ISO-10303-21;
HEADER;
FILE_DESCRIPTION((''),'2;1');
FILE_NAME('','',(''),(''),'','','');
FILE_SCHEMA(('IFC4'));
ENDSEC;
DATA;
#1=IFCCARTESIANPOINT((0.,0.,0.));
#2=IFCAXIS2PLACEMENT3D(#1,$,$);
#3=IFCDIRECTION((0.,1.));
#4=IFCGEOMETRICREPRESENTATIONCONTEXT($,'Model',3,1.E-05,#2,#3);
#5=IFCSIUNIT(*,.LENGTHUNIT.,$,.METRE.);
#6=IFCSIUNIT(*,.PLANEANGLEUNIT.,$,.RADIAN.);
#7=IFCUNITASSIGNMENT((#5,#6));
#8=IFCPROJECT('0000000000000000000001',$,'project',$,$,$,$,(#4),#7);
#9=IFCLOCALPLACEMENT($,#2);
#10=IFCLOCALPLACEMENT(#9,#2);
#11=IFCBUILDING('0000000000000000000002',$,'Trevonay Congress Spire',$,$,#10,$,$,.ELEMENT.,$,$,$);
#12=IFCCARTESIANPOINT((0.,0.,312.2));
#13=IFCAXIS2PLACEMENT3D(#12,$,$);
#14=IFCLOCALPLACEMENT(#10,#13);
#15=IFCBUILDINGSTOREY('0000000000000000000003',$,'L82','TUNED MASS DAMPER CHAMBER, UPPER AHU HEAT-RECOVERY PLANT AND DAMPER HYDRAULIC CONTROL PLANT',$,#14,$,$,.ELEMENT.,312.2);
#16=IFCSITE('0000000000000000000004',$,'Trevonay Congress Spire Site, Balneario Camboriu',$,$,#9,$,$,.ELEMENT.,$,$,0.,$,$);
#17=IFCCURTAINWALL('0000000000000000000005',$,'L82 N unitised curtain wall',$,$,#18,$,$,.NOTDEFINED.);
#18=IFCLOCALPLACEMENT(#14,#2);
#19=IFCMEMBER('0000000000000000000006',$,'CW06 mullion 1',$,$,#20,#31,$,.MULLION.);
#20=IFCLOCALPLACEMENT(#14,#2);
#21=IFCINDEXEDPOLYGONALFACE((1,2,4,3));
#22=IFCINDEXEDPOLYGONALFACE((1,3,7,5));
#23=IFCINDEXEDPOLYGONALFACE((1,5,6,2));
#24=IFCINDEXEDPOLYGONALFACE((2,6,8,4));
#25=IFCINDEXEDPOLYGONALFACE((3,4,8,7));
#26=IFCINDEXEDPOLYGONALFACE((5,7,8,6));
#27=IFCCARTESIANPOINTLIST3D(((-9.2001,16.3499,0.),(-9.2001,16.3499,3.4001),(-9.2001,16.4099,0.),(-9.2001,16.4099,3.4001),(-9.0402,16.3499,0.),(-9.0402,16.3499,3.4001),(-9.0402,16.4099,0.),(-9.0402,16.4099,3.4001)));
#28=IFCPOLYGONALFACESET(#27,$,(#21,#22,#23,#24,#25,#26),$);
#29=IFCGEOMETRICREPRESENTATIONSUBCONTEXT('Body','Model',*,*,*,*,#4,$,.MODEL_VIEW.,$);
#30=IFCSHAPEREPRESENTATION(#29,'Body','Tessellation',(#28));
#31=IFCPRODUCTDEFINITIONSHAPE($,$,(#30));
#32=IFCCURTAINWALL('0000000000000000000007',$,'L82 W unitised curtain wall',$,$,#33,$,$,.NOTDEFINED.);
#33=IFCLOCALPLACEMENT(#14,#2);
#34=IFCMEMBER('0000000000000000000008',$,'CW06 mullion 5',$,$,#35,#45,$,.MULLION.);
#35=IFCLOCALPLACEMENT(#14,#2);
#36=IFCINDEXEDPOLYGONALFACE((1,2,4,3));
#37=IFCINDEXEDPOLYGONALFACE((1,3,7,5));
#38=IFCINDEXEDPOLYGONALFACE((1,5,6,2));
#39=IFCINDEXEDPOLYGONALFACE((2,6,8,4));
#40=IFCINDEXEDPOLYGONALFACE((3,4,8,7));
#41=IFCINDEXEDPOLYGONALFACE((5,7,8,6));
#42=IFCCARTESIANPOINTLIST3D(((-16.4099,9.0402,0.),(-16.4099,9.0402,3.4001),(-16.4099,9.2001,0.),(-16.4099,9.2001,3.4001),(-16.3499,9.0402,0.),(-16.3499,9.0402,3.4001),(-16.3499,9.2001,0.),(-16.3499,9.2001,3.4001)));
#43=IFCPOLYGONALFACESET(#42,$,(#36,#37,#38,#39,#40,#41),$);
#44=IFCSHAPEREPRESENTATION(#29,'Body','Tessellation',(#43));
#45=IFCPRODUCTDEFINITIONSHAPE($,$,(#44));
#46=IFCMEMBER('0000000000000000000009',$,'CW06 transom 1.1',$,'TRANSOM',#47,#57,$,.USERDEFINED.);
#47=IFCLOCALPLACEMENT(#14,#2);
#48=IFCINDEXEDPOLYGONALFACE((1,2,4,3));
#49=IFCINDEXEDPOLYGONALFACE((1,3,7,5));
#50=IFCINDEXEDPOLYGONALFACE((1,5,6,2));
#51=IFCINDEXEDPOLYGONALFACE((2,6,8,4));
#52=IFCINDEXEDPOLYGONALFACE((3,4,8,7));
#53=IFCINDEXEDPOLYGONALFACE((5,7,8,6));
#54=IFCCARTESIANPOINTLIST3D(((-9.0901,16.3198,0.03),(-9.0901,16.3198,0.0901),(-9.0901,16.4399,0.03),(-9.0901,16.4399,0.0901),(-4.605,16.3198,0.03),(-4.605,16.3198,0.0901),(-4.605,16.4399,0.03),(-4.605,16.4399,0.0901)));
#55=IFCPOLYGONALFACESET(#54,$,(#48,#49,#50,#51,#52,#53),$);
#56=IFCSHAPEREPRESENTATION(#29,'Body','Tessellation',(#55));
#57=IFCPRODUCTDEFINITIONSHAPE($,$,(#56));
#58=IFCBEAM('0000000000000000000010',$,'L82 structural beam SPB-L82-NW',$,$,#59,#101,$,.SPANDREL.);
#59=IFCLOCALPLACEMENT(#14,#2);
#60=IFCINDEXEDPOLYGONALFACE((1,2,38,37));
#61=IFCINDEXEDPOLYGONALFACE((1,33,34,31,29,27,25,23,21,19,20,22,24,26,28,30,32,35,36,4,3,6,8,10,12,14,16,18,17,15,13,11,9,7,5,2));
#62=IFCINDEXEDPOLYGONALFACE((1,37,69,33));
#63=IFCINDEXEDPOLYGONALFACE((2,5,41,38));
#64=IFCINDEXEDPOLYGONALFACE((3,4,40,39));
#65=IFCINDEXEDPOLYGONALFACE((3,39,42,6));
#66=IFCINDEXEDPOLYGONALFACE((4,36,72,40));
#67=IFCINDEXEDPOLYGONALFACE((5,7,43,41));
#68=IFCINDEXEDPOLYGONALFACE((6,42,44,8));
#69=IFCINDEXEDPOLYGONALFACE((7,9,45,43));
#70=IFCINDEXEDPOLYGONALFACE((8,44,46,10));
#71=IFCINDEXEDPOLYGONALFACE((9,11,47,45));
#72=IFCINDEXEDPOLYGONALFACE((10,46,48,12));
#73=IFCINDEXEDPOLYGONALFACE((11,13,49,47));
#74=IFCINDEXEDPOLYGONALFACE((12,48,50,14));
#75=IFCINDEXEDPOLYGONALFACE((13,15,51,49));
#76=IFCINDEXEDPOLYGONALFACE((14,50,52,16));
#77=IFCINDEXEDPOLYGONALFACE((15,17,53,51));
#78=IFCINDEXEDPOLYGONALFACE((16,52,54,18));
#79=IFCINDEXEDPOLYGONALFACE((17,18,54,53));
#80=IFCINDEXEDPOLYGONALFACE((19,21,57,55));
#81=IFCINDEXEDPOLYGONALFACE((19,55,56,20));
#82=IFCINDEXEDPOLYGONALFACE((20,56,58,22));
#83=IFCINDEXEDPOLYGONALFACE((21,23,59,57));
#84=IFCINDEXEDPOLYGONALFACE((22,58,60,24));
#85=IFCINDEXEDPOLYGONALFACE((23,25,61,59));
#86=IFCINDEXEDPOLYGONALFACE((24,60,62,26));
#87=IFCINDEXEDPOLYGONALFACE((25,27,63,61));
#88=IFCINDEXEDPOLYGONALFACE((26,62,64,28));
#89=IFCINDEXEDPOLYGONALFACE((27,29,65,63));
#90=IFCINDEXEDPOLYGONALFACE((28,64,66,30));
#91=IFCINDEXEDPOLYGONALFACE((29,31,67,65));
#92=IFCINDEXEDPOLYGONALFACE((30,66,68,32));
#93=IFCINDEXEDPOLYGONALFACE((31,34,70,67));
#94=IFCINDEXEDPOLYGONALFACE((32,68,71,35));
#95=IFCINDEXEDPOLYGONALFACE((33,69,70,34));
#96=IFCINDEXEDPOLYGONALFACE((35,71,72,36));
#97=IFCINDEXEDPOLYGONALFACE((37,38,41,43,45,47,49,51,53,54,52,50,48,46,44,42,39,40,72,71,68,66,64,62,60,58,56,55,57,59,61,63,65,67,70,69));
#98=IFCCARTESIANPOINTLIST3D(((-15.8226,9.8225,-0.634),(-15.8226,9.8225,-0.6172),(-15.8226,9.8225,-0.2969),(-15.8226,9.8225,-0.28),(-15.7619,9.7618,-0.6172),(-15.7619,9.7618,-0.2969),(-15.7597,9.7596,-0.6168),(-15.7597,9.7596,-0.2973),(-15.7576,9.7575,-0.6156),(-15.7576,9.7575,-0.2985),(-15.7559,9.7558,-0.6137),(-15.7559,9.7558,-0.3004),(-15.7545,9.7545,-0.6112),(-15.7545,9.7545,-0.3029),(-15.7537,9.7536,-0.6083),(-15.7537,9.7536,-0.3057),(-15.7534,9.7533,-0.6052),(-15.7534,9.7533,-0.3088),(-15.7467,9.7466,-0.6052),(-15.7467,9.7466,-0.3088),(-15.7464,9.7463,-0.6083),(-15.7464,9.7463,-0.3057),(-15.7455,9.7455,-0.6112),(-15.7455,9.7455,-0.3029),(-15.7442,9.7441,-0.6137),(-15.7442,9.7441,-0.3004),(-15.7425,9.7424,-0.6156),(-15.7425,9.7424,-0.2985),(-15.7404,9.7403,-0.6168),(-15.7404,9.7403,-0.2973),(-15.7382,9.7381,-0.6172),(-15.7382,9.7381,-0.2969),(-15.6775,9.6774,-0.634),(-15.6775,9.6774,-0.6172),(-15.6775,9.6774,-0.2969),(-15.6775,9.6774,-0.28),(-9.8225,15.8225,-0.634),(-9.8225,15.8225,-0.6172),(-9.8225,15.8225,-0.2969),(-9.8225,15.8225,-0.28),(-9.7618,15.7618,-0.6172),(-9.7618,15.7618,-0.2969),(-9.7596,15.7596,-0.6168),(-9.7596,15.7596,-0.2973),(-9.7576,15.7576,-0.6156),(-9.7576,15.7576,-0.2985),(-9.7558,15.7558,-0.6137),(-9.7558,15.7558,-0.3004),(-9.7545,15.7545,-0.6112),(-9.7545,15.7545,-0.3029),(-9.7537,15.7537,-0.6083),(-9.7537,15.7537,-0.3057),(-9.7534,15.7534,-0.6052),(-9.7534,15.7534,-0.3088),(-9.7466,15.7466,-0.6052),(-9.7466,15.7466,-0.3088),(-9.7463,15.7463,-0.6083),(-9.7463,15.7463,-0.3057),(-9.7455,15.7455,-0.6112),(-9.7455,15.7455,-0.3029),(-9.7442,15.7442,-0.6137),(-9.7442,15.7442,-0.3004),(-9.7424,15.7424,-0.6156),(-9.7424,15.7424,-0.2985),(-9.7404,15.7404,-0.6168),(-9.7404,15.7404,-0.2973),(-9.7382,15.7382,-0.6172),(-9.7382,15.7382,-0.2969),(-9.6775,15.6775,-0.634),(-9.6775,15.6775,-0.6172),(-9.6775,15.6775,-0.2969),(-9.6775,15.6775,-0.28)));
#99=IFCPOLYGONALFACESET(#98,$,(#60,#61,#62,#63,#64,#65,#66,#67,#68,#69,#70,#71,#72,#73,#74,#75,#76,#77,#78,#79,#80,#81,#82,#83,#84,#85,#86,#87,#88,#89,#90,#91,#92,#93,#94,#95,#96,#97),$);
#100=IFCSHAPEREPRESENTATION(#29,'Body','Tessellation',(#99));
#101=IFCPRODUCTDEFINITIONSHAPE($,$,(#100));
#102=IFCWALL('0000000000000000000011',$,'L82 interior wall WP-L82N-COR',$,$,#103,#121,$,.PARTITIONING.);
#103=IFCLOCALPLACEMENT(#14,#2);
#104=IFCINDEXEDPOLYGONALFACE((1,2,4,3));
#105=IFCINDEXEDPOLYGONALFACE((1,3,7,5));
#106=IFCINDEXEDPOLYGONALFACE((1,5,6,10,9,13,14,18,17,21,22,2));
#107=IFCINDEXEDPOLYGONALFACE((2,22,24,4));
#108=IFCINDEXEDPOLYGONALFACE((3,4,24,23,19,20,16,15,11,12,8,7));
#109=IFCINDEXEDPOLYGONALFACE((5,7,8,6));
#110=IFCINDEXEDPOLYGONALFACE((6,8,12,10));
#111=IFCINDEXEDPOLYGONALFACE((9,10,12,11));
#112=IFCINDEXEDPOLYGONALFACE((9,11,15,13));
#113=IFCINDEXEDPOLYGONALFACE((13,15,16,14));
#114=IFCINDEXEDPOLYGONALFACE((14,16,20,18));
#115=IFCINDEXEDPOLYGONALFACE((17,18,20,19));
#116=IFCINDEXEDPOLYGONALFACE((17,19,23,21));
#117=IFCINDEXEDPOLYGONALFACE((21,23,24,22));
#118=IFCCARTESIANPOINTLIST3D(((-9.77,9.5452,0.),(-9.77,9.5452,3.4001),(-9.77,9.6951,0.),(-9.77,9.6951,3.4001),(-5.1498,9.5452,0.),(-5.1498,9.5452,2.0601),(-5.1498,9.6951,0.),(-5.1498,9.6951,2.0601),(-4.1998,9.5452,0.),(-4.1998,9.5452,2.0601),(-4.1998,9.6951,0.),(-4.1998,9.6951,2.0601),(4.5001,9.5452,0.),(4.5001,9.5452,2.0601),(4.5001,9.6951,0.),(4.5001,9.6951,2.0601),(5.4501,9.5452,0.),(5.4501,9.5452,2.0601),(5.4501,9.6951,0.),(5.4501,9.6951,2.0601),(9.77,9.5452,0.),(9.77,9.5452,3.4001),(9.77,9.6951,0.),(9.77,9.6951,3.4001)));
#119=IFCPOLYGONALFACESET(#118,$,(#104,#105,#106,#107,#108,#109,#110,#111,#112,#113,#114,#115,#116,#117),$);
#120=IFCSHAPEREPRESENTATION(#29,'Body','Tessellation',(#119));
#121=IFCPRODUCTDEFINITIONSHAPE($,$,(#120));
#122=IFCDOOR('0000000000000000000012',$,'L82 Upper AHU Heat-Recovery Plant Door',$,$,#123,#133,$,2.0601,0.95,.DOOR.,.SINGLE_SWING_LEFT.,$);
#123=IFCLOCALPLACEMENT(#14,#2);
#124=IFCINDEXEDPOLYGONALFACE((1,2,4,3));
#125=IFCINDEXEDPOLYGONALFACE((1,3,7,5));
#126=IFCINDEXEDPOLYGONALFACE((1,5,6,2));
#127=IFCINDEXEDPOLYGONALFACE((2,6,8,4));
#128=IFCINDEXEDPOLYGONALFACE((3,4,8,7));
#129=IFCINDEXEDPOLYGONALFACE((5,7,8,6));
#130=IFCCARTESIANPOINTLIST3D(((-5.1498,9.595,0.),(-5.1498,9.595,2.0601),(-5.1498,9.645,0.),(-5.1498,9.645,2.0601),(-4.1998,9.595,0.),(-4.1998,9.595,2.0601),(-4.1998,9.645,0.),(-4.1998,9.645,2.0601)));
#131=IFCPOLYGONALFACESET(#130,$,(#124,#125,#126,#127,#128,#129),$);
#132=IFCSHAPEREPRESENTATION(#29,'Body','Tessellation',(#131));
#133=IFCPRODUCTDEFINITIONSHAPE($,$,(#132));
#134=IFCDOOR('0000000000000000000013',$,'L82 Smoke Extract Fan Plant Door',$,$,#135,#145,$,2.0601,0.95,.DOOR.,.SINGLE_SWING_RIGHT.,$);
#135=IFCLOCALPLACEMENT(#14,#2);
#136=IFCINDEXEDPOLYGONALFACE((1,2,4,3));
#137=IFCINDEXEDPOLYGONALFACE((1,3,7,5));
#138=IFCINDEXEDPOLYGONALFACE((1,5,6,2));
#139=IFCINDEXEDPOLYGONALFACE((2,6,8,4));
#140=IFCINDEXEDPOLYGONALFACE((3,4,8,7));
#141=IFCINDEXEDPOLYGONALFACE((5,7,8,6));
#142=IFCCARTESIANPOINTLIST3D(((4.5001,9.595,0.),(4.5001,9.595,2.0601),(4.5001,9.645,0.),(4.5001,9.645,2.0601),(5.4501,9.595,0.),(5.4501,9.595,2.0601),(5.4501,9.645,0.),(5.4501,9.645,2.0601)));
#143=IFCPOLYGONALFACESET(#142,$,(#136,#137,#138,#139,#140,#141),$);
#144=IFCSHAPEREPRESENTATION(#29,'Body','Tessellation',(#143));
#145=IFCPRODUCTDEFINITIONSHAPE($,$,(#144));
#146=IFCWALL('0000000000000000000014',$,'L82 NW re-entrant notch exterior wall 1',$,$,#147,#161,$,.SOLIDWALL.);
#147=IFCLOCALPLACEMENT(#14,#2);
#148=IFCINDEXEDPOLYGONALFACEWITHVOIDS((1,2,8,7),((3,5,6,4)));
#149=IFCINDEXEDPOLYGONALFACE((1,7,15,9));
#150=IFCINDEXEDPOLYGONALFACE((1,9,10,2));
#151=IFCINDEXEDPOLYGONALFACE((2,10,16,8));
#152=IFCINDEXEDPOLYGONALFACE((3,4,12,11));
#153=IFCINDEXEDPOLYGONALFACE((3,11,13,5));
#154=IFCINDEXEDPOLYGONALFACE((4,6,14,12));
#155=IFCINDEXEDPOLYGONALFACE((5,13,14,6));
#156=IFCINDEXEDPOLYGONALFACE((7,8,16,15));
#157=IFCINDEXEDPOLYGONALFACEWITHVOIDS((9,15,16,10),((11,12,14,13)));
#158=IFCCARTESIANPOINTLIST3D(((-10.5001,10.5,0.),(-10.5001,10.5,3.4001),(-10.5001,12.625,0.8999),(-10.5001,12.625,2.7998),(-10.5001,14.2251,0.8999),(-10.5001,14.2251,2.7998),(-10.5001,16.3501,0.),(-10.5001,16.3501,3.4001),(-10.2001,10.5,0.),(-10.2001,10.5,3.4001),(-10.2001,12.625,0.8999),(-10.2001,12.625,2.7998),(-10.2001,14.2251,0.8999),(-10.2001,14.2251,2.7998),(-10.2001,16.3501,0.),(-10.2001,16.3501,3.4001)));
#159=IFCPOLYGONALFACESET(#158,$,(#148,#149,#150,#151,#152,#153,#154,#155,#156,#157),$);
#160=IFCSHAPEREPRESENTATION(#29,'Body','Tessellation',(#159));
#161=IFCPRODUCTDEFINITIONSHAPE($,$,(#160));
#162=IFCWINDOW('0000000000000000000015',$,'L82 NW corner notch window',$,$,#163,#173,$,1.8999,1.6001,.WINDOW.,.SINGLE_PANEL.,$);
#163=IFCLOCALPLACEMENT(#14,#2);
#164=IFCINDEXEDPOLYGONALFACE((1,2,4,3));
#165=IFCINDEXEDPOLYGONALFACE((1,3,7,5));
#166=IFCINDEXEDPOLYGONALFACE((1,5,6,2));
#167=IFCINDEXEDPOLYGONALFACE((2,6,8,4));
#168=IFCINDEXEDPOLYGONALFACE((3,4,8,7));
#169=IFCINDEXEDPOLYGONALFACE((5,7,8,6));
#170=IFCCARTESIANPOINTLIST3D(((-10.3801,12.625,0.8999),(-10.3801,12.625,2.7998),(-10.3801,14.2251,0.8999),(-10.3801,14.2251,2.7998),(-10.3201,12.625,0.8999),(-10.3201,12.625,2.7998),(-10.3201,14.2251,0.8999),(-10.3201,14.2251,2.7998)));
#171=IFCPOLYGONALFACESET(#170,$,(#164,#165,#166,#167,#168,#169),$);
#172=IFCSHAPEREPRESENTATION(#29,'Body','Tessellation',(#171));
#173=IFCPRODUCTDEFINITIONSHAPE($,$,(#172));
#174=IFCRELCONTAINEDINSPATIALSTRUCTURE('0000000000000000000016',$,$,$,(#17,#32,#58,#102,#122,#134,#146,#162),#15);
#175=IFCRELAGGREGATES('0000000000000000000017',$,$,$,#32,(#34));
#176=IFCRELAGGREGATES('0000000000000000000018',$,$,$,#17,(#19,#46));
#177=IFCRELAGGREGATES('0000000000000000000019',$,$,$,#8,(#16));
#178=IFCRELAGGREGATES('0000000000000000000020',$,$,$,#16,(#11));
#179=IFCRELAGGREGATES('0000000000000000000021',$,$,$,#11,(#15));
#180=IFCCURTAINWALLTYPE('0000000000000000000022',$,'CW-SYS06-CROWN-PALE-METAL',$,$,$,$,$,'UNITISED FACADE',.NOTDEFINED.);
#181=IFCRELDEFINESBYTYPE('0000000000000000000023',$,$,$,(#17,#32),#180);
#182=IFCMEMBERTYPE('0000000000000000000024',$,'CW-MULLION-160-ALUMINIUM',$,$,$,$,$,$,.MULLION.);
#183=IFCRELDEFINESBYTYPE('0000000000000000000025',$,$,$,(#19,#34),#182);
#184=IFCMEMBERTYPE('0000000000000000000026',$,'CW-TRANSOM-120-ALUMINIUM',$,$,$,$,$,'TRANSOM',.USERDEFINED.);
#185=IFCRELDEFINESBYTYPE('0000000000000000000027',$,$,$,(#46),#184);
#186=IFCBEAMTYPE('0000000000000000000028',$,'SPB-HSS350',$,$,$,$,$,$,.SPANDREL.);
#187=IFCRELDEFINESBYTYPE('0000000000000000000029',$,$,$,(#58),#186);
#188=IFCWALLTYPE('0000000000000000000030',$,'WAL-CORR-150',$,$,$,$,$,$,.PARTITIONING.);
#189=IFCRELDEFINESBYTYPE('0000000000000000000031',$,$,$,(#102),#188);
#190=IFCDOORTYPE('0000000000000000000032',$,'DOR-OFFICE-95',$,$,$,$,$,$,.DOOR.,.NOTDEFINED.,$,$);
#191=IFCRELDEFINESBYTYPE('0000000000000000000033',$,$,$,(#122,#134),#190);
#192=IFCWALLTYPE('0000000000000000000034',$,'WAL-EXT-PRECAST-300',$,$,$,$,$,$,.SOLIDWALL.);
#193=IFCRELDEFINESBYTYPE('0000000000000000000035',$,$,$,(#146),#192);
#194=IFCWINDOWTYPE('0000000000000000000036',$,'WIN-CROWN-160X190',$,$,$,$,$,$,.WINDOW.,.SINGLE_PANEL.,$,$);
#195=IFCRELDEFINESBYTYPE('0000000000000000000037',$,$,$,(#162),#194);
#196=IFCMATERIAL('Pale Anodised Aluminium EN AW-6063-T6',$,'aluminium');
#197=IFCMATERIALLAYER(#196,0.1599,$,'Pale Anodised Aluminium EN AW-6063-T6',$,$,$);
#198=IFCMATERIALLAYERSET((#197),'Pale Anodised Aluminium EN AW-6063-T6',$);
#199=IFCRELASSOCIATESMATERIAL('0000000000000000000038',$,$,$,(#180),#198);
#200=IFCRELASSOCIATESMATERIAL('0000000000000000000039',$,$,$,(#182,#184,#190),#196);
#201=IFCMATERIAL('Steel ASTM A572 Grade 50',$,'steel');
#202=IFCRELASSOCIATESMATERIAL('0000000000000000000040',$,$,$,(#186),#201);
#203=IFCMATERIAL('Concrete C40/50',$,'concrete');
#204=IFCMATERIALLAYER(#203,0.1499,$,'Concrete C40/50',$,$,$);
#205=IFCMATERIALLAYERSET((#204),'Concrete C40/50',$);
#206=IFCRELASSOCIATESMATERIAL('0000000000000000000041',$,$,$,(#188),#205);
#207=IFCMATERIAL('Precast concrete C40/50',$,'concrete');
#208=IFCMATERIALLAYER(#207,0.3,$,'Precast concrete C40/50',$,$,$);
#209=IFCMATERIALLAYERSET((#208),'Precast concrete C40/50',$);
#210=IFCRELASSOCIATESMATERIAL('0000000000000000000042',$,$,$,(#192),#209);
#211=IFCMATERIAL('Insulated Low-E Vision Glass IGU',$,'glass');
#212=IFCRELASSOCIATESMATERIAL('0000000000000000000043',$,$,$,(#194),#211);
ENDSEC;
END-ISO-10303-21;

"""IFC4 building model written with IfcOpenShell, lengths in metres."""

from ifc_helpers import new_model, si_unit, direction, frame, frame_2d, origin, origin_2d, place, context, subcontext, project, spatial, rectangle, i_section, extrude, material, layer, layer_set, material_profile, profile_set, type_object, element, fill, aggregate, save


model = new_model("IFC4")

# Units and contexts
model_context = context("Model", 3, precision=1e-05, world=origin(), true_north=direction((0.0, 1.0)))
body_context = subcontext(model_context, "Body", "Model", "MODEL_VIEW")
ifc_project = project(units=[si_unit("LENGTHUNIT", "METRE"), si_unit("PLANEANGLEUNIT", "RADIAN")], contexts=[model_context])

# Site, building, storey
site_placement = place(None, origin())
site = spatial("IfcSite", under=ifc_project, at=site_placement, Name="Trevonay Congress Spire Site, Balneario Camboriu", CompositionType="ELEMENT", RefElevation=0.0)
building_placement = place(site_placement, origin())
building = spatial("IfcBuilding", under=site, at=building_placement, Name="Trevonay Congress Spire", CompositionType="ELEMENT")
storey_placement = place(building_placement, frame((0.0, 0.0, 312.2)))
storey = spatial("IfcBuildingStorey", under=building, at=storey_placement, Name="L82", Description="TUNED MASS DAMPER CHAMBER, UPPER AHU HEAT-RECOVERY PLANT AND DAMPER HYDRAULIC CONTROL PLANT", CompositionType="ELEMENT", Elevation=312.2)

# Shared definitions
ifc_material_1 = material(Name="Steel ASTM A572 Grade 50", Category="steel")

# Curtain walls, members
ifc_material_2 = material(Name="Pale Anodised Aluminium EN AW-6063-T6", Category="aluminium")
ifc_layer_1 = layer(ifc_material_2, 0.1599, Name="Pale Anodised Aluminium EN AW-6063-T6")
ifc_layer_set_1 = layer_set([ifc_layer_1], Name="Pale Anodised Aluminium EN AW-6063-T6")
curtain_wall_type = type_object("IfcCurtainWallType", Name="CW-SYS06-CROWN-PALE-METAL", ElementType="UNITISED FACADE", PredefinedType="NOTDEFINED", material=ifc_layer_set_1)
curtain_wall_1_placement = place(storey_placement, origin())
curtain_wall_1 = element("IfcCurtainWall", 1, at=curtain_wall_1_placement, inside=storey, type_object=curtain_wall_type, Name="L82 N unitised curtain wall", PredefinedType="NOTDEFINED")
ifc_material_profile_1 = material_profile(ifc_material_2, rectangle(XDim=0.0601, YDim=0.1599, at=origin_2d()), Name="CW-MULLION-160-ALUMINIUM")
ifc_profile_set_1 = profile_set([ifc_material_profile_1], Name="Pale Anodised Aluminium EN AW-6063-T6")
member_type_1 = type_object("IfcMemberType", Name="CW-MULLION-160-ALUMINIUM", PredefinedType="MULLION", material=ifc_profile_set_1)
member_1_placement = place(storey_placement, frame((-9.1201, 16.3799, 0.0), z_axis=(0.0, 0.0, 1.0), x_axis=(0.0, 1.0, 0.0)))
member_1 = element("IfcMember", 2, at=member_1_placement, type_object=member_type_1, Name="CW06 mullion 1", PredefinedType="MULLION", context=body_context, shape_type="SweptSolid", body=[
    extrude(rectangle(XDim=0.0601, YDim=0.1599, at=origin_2d()), origin(), (0.0, 0.0, 1.0), 3.4001),
])
curtain_wall_2_placement = place(storey_placement, origin())
curtain_wall_2 = element("IfcCurtainWall", 3, at=curtain_wall_2_placement, inside=storey, type_object=curtain_wall_type, Name="L82 W unitised curtain wall", PredefinedType="NOTDEFINED")
member_2_placement = place(storey_placement, frame((-16.3799, 9.1201, 0.0), z_axis=(0.0, 0.0, 1.0), x_axis=(-1.0, 0.0, 0.0)))
member_2 = element("IfcMember", 4, at=member_2_placement, type_object=member_type_1, Name="CW06 mullion 5", PredefinedType="MULLION", context=body_context, shape_type="SweptSolid", body=[
    extrude(rectangle(XDim=0.0601, YDim=0.1599, at=origin_2d()), origin(), (0.0, 0.0, 1.0), 3.4001),
])
aggregate(curtain_wall_2, [member_2])

# Member
ifc_material_profile_2 = material_profile(ifc_material_2, rectangle(XDim=0.1201, YDim=0.0601, at=origin_2d()), Name="CW-TRANSOM-120-ALUMINIUM")
ifc_profile_set_2 = profile_set([ifc_material_profile_2], Name="Pale Anodised Aluminium EN AW-6063-T6")
member_type_2 = type_object("IfcMemberType", Name="CW-TRANSOM-120-ALUMINIUM", ElementType="TRANSOM", PredefinedType="USERDEFINED", material=ifc_profile_set_2)
member_3_placement = place(storey_placement, frame((-9.0901, 16.3799, 0.0601), z_axis=(1.0, 0.0, 0.0), x_axis=(0.0, 1.0, 0.0)))
member_3 = element("IfcMember", 5, at=member_3_placement, type_object=member_type_2, Name="CW06 transom 1.1", ObjectType="TRANSOM", PredefinedType="USERDEFINED", context=body_context, shape_type="SweptSolid", body=[
    extrude(rectangle(XDim=0.1201, YDim=0.0601, at=origin_2d()), origin(), (0.0, 0.0, 1.0), 4.4851),
])
aggregate(curtain_wall_1, [member_1, member_3])

# Beam
ifc_material_profile_3 = material_profile(ifc_material_1, i_section(OverallWidth=0.2051, OverallDepth=0.354, WebThickness=0.0095, FlangeThickness=0.0168, FilletRadius=0.012, at=origin_2d()), Name="W360x79")
ifc_profile_set_3 = profile_set([ifc_material_profile_3], Name="Steel ASTM A572 Grade 50")
beam_type_1 = type_object("IfcBeamType", Name="SPB-HSS350", PredefinedType="SPANDREL", material=ifc_profile_set_3)
beam_1_placement = place(storey_placement, frame((-9.75, 15.75, -0.457), z_axis=(-0.707107, -0.707107, 0.0), x_axis=(0.707107, -0.707107, 0.0)))
element("IfcBeam", 6, at=beam_1_placement, inside=storey, type_object=beam_type_1, Name="L82 structural beam SPB-L82-NW", PredefinedType="SPANDREL", context=body_context, shape_type="SweptSolid", body=[
    extrude(i_section(OverallWidth=0.2051, OverallDepth=0.354, WebThickness=0.0095, FlangeThickness=0.0168, FilletRadius=0.012, at=origin_2d()), origin(), (0.0, 0.0, 1.0), 8.4854),
])

# Wall, openings, doors
ifc_material_3 = material(Name="Concrete C40/50", Category="concrete")
ifc_layer_2 = layer(ifc_material_3, 0.1499, Name="Concrete C40/50")
ifc_layer_set_2 = layer_set([ifc_layer_2], Name="Concrete C40/50")
wall_type_1 = type_object("IfcWallType", Name="WAL-CORR-150", PredefinedType="PARTITIONING", material=ifc_layer_set_2)
wall_1_placement = place(storey_placement, frame((-9.77, 9.6201, 0.0), z_axis=(0.0, 0.0, 1.0), x_axis=(1.0, 0.0, 0.0)))
wall_1 = element("IfcWall", 7, at=wall_1_placement, inside=storey, type_object=wall_type_1, Name="L82 interior wall WP-L82N-COR", PredefinedType="PARTITIONING", context=body_context, shape_type="SweptSolid", body=[
    extrude(rectangle(XDim=19.54, YDim=0.1499, at=frame_2d((9.77, 0.0))), origin(), (0.0, 0.0, 1.0), 3.4001),
])
opening_1_placement = place(wall_1_placement, frame((4.6201, 0.0, 0.0)))
opening_1 = element("IfcOpeningElement", 8, at=opening_1_placement, cuts=wall_1, PredefinedType="OPENING", context=body_context, shape_type="SweptSolid", body=[
    extrude(rectangle(XDim=0.95, YDim=2.0601, at=frame_2d((0.4751, 1.03))), frame((0.0, 0.085, 0.0), z_axis=(0.0, -1.0, 0.0), x_axis=(1.0, 0.0, 0.0)), (0.0, 0.0, 1.0), 0.1699),
])
opening_2_placement = place(wall_1_placement, frame((14.27, 0.0, 0.0)))
opening_2 = element("IfcOpeningElement", 9, at=opening_2_placement, cuts=wall_1, PredefinedType="OPENING", context=body_context, shape_type="SweptSolid", body=[
    extrude(rectangle(XDim=0.95, YDim=2.0601, at=frame_2d((0.4751, 1.03))), frame((0.0, 0.085, 0.0), z_axis=(0.0, -1.0, 0.0), x_axis=(1.0, 0.0, 0.0)), (0.0, 0.0, 1.0), 0.1699),
])
door_type = type_object("IfcDoorType", Name="DOR-OFFICE-95", OperationType="NOTDEFINED", PredefinedType="DOOR", material=ifc_material_2)
door_1_placement = place(opening_1_placement, origin())
door_1 = element("IfcDoor", 10, at=door_1_placement, inside=storey, type_object=door_type, Name="L82 Upper AHU Heat-Recovery Plant Door", OperationType="SINGLE_SWING_LEFT", OverallHeight=2.0601, OverallWidth=0.95, PredefinedType="DOOR", context=body_context, shape_type="SweptSolid", body=[
    extrude(rectangle(XDim=0.95, YDim=2.0601, at=frame_2d((0.4751, 1.03))), frame((0.0, 0.0249, 0.0), z_axis=(0.0, -1.0, 0.0), x_axis=(1.0, 0.0, 0.0)), (0.0, 0.0, 1.0), 0.05),
])
fill(opening_1, door_1)
door_2_placement = place(opening_2_placement, origin())
door_2 = element("IfcDoor", 11, at=door_2_placement, inside=storey, type_object=door_type, Name="L82 Smoke Extract Fan Plant Door", OperationType="SINGLE_SWING_RIGHT", OverallHeight=2.0601, OverallWidth=0.95, PredefinedType="DOOR", context=body_context, shape_type="SweptSolid", body=[
    extrude(rectangle(XDim=0.95, YDim=2.0601, at=frame_2d((0.4751, 1.03))), frame((0.0, 0.0249, 0.0), z_axis=(0.0, -1.0, 0.0), x_axis=(1.0, 0.0, 0.0)), (0.0, 0.0, 1.0), 0.05),
])
fill(opening_2, door_2)

# Wall, opening, window
ifc_material_4 = material(Name="Precast concrete C40/50", Category="concrete")
ifc_layer_3 = layer(ifc_material_4, 0.3, Name="Precast concrete C40/50")
ifc_layer_set_3 = layer_set([ifc_layer_3], Name="Precast concrete C40/50")
wall_type_2 = type_object("IfcWallType", Name="WAL-EXT-PRECAST-300", PredefinedType="SOLIDWALL", material=ifc_layer_set_3)
wall_2_placement = place(storey_placement, frame((-10.3501, 16.3501, 0.0), z_axis=(0.0, 0.0, 1.0), x_axis=(0.0, -1.0, 0.0)))
wall_2 = element("IfcWall", 12, at=wall_2_placement, inside=storey, type_object=wall_type_2, Name="L82 NW re-entrant notch exterior wall 1", PredefinedType="SOLIDWALL", context=body_context, shape_type="SweptSolid", body=[
    extrude(rectangle(XDim=5.8501, YDim=0.3, at=frame_2d((2.925, 0.0))), origin(), (0.0, 0.0, 1.0), 3.4001),
])
opening_3_placement = place(wall_2_placement, frame((2.125, 0.0, 0.8999)))
opening_3 = element("IfcOpeningElement", 13, at=opening_3_placement, cuts=wall_2, PredefinedType="OPENING", context=body_context, shape_type="SweptSolid", body=[
    extrude(rectangle(XDim=1.6001, YDim=1.8999, at=frame_2d((0.8, 0.95))), frame((0.0, 0.1602, 0.0), z_axis=(0.0, -1.0, 0.0), x_axis=(1.0, 0.0, 0.0)), (0.0, 0.0, 1.0), 0.3201),
])
ifc_material_5 = material(Name="Insulated Low-E Vision Glass IGU", Category="glass")
window_type = type_object("IfcWindowType", Name="WIN-CROWN-160X190", PartitioningType="SINGLE_PANEL", PredefinedType="WINDOW", material=ifc_material_5)
window_placement = place(opening_3_placement, origin())
window = element("IfcWindow", 14, at=window_placement, inside=storey, type_object=window_type, Name="L82 NW corner notch window", OverallHeight=1.8999, OverallWidth=1.6001, PartitioningType="SINGLE_PANEL", PredefinedType="WINDOW", context=body_context, shape_type="SweptSolid", body=[
    extrude(rectangle(XDim=1.6001, YDim=1.8999, at=frame_2d((0.8, 0.95))), frame((0.0, 0.03, 0.0), z_axis=(0.0, -1.0, 0.0), x_axis=(1.0, 0.0, 0.0)), (0.0, 0.0, 1.0), 0.0601),
])
fill(opening_3, window)

save(model, "model.ifc")
